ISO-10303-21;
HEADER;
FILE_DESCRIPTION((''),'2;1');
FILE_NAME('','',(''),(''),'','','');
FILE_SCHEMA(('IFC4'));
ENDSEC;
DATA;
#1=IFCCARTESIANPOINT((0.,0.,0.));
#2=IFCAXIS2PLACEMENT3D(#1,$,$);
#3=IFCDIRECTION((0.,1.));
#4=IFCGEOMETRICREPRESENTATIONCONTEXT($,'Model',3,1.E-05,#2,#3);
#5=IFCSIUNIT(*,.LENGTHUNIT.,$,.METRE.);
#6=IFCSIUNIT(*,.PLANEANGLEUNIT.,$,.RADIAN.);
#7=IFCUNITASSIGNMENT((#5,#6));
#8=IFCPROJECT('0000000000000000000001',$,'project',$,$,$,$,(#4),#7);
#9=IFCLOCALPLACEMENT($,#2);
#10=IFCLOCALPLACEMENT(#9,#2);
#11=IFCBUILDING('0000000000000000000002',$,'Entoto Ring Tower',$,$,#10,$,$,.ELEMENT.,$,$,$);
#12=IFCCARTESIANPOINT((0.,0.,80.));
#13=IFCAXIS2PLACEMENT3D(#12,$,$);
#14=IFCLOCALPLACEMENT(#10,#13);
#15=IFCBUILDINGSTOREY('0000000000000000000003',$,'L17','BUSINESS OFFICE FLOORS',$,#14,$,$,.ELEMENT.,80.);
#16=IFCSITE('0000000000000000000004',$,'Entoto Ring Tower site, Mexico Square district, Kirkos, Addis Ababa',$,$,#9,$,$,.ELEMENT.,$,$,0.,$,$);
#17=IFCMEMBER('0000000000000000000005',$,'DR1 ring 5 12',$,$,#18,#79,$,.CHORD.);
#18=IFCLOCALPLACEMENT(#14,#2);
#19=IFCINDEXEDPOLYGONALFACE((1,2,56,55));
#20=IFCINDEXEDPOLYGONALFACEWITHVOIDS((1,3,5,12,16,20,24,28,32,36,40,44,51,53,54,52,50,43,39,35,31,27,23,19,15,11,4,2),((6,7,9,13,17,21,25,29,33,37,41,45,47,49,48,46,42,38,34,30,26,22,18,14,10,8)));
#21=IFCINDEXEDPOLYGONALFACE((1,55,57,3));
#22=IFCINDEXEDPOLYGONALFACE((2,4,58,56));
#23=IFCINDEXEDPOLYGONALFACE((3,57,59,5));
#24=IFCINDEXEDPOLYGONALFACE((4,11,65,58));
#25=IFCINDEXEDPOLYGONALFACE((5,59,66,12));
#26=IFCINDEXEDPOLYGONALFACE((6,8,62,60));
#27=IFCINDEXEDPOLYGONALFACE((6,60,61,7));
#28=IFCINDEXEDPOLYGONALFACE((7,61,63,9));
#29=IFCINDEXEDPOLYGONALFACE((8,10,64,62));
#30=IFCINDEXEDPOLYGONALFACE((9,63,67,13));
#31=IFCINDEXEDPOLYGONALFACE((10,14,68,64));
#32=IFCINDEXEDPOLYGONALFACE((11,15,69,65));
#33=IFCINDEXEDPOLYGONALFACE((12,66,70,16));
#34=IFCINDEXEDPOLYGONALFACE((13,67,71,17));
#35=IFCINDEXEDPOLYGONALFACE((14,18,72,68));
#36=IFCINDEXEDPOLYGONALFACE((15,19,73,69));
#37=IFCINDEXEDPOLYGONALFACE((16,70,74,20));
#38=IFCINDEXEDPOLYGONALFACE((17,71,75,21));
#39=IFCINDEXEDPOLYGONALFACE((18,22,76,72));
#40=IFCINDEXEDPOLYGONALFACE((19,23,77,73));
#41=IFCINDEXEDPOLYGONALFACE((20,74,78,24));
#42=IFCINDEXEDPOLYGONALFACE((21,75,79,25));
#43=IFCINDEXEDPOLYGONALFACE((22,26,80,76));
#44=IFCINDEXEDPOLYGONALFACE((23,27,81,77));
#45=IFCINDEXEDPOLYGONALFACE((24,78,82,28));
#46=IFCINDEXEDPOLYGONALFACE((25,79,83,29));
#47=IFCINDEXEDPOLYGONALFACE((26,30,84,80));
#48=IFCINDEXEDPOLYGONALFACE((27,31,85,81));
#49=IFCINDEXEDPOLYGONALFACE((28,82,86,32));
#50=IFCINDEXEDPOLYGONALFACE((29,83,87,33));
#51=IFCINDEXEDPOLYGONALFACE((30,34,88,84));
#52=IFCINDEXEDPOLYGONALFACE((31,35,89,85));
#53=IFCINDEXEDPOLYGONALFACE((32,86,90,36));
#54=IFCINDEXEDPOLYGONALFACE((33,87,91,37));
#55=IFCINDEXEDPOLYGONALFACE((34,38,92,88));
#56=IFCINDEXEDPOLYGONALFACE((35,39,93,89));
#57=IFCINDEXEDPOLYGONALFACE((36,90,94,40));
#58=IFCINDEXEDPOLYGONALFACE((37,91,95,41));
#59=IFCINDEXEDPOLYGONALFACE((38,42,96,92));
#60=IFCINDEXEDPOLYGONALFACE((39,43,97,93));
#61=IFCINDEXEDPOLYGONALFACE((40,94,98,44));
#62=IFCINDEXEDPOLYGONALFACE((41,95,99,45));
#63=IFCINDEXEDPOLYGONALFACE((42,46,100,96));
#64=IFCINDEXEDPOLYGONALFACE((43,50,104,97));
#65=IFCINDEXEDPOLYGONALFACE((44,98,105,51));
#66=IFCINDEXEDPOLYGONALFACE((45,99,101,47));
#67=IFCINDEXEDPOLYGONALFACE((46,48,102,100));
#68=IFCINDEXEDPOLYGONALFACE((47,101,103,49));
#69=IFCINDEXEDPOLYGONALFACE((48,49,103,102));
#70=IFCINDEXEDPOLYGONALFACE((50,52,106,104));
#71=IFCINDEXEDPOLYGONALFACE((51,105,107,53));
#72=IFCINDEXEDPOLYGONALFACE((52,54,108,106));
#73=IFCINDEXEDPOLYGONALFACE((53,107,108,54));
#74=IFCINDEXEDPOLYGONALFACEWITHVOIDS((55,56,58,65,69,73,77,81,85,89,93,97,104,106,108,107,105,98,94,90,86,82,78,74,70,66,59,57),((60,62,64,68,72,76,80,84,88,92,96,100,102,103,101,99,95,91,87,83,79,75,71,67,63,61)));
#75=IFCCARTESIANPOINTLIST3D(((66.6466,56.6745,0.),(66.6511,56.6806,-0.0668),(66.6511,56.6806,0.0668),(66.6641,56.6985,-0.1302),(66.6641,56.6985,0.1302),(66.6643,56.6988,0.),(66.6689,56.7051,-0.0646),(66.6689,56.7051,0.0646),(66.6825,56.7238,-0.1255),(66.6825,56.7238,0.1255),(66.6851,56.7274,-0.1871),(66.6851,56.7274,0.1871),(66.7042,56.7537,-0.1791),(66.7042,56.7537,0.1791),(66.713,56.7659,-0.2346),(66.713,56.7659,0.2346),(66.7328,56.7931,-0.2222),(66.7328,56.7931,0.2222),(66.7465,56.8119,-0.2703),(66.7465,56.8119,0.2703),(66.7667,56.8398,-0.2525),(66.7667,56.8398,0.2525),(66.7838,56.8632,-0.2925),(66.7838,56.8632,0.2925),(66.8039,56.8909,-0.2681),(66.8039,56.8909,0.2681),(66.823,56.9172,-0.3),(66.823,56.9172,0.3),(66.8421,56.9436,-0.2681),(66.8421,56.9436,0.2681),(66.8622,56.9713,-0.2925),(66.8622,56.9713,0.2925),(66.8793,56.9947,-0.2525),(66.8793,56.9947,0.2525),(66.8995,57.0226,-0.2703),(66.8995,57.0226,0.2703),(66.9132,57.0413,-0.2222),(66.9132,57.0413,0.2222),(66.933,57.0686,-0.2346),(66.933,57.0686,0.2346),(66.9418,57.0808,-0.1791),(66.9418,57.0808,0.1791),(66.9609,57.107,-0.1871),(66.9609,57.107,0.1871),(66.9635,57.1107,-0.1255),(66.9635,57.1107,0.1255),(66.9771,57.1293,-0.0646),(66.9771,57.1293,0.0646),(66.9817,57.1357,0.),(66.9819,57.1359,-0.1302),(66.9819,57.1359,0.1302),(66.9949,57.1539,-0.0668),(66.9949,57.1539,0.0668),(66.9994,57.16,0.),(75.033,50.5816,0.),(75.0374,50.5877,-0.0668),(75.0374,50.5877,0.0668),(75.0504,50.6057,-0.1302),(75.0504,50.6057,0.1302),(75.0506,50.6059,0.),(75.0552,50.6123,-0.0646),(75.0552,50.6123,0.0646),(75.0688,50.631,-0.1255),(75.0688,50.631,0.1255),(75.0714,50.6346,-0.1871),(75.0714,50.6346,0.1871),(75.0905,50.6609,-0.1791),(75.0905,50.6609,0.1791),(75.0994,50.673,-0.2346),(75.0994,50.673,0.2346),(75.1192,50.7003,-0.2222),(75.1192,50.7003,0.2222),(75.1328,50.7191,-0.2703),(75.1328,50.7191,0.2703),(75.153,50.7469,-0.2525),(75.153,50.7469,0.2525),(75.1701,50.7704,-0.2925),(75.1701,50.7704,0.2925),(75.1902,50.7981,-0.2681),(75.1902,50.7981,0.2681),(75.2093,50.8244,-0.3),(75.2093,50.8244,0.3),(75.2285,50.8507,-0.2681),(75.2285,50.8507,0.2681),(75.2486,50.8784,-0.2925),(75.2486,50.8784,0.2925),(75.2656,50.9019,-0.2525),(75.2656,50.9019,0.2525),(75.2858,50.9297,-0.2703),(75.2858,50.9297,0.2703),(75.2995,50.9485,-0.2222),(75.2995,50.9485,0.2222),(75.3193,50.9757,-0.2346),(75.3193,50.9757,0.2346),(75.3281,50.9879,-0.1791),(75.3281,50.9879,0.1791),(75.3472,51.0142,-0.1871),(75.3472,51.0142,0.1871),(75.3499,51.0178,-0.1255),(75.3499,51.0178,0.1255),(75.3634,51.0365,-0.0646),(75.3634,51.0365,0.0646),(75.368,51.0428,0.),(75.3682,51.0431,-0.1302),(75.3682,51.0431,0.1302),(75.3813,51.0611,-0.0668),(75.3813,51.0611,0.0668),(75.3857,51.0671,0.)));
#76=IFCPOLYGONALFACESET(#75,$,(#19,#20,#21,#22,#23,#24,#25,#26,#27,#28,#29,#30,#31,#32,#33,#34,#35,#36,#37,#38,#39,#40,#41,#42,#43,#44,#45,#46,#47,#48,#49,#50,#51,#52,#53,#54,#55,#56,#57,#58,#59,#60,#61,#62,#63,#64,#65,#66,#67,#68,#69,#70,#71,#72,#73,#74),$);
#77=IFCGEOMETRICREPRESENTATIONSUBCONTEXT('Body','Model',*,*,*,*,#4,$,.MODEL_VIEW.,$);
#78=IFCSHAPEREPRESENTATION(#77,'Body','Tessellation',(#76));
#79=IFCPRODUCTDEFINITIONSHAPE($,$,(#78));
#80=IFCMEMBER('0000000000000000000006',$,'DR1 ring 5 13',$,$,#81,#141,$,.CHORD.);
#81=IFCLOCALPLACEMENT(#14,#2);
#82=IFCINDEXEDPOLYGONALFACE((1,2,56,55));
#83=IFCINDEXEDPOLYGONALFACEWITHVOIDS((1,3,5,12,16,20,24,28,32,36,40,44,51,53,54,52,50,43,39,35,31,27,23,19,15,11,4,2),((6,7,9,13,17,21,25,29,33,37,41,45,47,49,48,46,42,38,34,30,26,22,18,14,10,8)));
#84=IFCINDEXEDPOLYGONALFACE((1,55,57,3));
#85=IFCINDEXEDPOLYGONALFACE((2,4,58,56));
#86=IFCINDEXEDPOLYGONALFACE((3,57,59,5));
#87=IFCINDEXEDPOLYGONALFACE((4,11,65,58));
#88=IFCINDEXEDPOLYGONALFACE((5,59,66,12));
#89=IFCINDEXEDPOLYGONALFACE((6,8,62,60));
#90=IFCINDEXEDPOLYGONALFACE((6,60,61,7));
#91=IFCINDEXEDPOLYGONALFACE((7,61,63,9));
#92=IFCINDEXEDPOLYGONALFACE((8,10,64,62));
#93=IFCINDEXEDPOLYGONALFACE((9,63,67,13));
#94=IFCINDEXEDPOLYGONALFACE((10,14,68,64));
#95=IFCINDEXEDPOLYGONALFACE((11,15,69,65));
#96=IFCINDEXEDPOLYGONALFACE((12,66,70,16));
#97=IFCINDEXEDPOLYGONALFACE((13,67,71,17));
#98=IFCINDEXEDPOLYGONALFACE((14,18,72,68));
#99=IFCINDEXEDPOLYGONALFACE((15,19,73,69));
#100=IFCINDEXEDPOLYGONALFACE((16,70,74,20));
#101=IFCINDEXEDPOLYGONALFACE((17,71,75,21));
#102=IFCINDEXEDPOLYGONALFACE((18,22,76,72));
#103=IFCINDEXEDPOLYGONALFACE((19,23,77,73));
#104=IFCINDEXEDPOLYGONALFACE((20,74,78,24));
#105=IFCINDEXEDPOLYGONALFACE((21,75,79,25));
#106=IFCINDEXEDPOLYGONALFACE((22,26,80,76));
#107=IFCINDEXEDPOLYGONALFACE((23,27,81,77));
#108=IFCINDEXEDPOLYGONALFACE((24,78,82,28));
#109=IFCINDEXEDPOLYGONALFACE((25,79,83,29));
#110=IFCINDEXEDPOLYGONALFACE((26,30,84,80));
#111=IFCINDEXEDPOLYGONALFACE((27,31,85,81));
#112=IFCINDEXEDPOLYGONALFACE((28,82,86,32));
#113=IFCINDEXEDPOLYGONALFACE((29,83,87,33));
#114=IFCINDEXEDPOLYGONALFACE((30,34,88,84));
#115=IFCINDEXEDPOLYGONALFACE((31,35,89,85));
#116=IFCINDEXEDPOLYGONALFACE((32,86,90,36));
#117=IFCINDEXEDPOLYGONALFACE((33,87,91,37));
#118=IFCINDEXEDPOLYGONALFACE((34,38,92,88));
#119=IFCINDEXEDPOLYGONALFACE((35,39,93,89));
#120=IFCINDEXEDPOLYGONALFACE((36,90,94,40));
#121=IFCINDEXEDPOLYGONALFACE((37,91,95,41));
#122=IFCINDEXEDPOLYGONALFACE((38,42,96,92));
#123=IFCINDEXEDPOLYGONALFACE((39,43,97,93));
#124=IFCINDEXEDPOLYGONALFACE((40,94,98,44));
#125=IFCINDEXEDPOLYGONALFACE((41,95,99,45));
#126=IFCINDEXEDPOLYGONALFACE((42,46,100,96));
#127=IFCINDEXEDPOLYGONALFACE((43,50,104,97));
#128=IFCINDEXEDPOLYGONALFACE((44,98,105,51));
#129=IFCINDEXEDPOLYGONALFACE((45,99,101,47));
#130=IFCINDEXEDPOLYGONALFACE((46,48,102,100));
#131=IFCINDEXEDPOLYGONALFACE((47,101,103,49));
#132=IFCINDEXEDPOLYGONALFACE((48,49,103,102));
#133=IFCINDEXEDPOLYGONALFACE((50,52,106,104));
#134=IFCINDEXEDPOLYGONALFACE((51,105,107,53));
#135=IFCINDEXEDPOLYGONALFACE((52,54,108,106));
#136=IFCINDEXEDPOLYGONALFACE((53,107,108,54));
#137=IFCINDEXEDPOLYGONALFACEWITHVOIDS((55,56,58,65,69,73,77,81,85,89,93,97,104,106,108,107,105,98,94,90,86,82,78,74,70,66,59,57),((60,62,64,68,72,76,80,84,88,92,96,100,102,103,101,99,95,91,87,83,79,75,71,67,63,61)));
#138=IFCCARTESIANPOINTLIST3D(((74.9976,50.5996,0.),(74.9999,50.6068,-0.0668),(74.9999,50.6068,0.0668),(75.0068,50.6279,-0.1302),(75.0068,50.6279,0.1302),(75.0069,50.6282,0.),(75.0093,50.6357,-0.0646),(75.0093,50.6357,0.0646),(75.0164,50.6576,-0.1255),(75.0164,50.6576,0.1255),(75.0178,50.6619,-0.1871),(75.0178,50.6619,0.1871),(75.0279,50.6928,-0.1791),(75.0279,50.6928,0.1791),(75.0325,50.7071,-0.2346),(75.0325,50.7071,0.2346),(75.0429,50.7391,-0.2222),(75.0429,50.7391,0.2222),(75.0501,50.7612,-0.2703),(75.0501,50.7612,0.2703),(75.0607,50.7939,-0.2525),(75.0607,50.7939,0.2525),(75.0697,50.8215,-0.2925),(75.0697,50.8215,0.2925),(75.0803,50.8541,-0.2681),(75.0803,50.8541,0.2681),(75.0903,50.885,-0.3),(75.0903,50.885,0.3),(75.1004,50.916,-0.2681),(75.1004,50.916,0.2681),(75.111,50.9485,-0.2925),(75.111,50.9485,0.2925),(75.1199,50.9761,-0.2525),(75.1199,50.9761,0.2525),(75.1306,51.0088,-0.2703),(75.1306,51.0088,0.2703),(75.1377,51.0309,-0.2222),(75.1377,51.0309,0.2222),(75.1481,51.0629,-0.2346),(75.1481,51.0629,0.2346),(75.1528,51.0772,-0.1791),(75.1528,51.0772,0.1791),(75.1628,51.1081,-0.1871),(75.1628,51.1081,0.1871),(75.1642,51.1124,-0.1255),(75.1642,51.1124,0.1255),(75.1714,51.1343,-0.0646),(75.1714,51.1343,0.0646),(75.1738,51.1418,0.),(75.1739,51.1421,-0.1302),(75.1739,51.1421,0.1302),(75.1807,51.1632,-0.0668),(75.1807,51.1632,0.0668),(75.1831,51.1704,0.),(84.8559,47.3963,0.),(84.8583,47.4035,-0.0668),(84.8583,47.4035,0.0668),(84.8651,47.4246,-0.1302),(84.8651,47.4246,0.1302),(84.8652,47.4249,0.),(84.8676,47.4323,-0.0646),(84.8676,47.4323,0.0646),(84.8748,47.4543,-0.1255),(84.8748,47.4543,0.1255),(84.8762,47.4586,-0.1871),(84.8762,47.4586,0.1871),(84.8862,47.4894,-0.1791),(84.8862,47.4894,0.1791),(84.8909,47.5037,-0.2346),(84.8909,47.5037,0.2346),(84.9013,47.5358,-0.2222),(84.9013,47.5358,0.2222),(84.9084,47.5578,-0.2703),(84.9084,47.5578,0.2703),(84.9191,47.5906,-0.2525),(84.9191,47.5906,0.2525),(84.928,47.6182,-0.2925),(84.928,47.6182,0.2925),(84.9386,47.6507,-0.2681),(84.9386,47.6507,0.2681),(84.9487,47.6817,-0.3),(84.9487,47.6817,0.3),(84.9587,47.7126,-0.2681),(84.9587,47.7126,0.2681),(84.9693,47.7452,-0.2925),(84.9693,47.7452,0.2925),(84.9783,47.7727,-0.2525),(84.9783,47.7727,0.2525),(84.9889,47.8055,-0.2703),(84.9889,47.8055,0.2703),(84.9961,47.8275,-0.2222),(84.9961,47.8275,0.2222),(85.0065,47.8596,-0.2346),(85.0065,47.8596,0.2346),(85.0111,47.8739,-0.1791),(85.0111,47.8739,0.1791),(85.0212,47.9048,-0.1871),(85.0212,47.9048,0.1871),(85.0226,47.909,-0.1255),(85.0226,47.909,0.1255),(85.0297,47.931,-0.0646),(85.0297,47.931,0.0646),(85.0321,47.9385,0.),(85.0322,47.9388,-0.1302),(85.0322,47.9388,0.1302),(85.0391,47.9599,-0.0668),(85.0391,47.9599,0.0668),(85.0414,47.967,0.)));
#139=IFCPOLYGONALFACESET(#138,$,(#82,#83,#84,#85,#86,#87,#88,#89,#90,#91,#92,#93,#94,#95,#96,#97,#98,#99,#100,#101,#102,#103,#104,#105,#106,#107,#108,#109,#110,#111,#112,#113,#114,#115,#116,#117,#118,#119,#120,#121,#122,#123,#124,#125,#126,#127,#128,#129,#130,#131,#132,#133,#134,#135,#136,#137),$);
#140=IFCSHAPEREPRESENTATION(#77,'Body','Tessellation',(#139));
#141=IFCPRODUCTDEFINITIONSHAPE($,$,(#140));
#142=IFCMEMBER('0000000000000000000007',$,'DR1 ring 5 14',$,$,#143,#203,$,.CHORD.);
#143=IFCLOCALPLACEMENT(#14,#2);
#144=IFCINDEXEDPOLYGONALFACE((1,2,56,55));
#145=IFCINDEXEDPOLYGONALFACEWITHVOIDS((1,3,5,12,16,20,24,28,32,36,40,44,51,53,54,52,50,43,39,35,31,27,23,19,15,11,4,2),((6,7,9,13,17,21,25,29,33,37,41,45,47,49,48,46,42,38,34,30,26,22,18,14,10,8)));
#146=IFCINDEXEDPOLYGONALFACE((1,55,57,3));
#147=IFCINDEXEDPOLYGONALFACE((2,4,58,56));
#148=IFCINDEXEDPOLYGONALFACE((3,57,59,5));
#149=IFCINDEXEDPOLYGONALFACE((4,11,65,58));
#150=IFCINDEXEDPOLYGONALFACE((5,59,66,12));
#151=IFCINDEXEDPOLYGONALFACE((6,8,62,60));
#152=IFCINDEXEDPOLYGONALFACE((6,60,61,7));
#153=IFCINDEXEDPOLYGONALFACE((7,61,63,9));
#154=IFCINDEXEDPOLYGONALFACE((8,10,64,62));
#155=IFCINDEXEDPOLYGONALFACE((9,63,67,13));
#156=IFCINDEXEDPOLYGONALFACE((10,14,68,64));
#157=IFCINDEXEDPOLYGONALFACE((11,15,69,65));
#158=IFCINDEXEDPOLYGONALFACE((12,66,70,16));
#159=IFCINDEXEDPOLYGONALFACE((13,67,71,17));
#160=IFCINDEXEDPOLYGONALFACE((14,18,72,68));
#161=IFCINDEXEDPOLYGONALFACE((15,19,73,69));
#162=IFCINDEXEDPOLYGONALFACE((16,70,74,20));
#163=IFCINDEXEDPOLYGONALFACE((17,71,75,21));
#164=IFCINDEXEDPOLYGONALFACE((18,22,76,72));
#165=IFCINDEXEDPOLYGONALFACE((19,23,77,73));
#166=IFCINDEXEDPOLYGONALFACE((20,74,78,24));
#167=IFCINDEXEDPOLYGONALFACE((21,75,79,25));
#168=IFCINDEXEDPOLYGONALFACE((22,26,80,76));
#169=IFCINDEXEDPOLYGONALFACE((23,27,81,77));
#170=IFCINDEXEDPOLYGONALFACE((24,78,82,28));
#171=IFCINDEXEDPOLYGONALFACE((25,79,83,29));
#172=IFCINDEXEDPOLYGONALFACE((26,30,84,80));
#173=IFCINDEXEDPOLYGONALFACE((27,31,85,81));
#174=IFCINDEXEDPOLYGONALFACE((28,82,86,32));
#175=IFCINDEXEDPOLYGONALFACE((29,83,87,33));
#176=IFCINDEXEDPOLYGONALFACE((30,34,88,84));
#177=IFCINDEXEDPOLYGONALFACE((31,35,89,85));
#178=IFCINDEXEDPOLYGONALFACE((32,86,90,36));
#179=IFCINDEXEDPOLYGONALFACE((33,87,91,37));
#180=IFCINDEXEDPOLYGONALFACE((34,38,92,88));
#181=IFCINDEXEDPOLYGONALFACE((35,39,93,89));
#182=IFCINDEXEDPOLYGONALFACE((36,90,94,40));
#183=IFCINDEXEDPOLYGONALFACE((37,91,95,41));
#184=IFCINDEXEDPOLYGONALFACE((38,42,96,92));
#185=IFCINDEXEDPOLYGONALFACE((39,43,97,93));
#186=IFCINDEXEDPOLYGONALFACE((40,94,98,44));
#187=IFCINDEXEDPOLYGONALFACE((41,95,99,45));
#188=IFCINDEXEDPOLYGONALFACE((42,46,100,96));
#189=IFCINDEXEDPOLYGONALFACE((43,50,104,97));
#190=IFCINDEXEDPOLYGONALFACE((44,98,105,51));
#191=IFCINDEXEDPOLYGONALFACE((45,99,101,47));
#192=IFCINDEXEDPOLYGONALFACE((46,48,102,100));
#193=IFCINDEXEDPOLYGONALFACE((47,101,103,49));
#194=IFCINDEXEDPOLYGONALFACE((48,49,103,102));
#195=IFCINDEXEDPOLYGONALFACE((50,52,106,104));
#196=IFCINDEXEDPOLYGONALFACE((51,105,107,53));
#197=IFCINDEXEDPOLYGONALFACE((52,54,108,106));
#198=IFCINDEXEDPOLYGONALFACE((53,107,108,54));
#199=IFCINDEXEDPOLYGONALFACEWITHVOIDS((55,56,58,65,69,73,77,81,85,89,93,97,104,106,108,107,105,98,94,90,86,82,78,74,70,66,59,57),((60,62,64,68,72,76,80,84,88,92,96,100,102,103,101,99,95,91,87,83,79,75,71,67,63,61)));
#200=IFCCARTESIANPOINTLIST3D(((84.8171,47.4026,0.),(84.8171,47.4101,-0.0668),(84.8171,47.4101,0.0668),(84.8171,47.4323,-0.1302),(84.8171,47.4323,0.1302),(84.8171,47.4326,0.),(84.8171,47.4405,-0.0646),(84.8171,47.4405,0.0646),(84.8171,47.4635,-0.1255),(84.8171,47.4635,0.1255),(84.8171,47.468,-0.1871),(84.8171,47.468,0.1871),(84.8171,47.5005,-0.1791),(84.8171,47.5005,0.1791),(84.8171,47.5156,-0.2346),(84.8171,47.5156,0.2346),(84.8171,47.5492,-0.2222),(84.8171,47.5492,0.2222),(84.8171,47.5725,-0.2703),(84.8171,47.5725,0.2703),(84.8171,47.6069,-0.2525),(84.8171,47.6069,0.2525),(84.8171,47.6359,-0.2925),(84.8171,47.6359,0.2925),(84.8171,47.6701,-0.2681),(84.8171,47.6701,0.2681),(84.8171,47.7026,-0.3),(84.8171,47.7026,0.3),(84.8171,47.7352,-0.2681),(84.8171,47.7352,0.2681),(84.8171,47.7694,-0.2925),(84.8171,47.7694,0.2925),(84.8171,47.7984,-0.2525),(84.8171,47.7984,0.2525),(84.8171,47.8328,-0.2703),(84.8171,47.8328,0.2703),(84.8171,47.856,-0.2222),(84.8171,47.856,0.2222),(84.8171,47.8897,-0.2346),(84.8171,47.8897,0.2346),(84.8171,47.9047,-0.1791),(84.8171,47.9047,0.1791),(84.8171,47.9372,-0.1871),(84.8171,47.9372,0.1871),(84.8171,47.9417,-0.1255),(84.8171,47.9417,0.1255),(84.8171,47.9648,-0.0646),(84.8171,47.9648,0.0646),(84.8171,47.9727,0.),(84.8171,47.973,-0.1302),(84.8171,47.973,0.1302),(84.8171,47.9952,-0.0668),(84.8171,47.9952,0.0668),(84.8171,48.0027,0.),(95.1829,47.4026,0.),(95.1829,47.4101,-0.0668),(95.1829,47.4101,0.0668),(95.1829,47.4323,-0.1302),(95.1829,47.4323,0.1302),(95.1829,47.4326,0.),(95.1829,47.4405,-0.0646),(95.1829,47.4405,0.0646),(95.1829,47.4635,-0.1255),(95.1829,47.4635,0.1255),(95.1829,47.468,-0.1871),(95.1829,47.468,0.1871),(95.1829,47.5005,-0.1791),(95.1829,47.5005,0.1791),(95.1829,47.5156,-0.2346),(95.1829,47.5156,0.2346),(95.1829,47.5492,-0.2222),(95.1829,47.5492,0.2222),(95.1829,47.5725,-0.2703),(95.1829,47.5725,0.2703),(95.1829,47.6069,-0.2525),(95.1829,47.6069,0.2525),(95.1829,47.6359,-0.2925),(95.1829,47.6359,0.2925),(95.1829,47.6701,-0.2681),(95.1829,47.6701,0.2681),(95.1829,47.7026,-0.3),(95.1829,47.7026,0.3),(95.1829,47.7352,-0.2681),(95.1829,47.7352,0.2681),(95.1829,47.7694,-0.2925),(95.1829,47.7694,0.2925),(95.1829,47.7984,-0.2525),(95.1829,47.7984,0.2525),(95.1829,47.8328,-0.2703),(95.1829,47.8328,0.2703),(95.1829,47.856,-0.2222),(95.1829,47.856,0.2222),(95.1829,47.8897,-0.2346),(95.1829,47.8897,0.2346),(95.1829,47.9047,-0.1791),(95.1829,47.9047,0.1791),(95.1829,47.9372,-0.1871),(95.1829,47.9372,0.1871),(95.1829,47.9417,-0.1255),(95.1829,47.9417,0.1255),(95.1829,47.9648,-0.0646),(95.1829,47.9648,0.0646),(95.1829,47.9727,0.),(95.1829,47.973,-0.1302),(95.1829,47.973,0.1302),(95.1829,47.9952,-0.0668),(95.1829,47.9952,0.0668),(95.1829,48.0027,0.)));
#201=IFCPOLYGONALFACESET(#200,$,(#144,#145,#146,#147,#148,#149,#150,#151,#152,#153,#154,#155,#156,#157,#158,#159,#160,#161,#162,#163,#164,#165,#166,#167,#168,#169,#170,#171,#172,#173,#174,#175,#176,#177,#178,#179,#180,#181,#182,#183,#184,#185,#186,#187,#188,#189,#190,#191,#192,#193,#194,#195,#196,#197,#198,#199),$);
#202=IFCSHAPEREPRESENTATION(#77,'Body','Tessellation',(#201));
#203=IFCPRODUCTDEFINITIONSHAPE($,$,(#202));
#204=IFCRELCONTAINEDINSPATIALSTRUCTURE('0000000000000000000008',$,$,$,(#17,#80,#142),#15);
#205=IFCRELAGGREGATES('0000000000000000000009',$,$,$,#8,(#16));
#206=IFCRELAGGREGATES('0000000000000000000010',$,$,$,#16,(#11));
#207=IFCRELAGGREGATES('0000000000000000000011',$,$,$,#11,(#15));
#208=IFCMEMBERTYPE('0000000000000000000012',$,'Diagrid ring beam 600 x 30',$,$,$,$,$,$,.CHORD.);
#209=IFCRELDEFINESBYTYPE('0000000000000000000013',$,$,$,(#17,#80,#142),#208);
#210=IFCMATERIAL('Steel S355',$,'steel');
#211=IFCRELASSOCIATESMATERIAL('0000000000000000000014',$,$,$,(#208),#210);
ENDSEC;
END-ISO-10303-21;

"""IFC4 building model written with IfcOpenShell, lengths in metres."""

from ifc_helpers import new_model, si_unit, direction, frame, origin, origin_2d, place, context, subcontext, project, spatial, circle, hollow_circle, extrude, material, material_profile, profile_set, type_object, element, save


model = new_model("IFC4")

# Units and contexts
model_context = context("Model", 3, precision=1e-05, world=origin(), true_north=direction((0.0, 1.0)))
body_context = subcontext(model_context, "Body", "Model", "MODEL_VIEW")
ifc_project = project(units=[si_unit("LENGTHUNIT", "METRE"), si_unit("PLANEANGLEUNIT", "RADIAN")], contexts=[model_context])

# Site, building, storey
site_placement = place(None, origin())
site = spatial("IfcSite", under=ifc_project, at=site_placement, Name="Entoto Ring Tower site, Mexico Square district, Kirkos, Addis Ababa", CompositionType="ELEMENT", RefElevation=0.0)
building_placement = place(site_placement, origin())
building = spatial("IfcBuilding", under=site, at=building_placement, Name="Entoto Ring Tower", CompositionType="ELEMENT")
storey_placement = place(building_placement, frame((0.0, 0.0, 80.0)))
storey = spatial("IfcBuildingStorey", under=building, at=storey_placement, Name="L17", Description="BUSINESS OFFICE FLOORS", CompositionType="ELEMENT", Elevation=80.0)

# Members
ifc_material_1 = material(Name="Steel S355", Category="steel")
ifc_material_profile_1 = material_profile(ifc_material_1, hollow_circle(Radius=0.3, WallThickness=0.03, at=origin_2d()), Name="CHS 600 x 30")
ifc_material_2 = material(Name="Concrete C60/75", Category="concrete")
ifc_material_profile_2 = material_profile(ifc_material_2, circle(Radius=0.27, at=origin_2d()), Name="Concrete C60/75 infill")
ifc_profile_set_1 = profile_set([ifc_material_profile_1, ifc_material_profile_2], Name="Steel S355")
member_type_1 = type_object("IfcMemberType", Name="Diagrid ring beam 600 x 30", PredefinedType="CHORD", material=ifc_profile_set_1)
member_placement = place(storey_placement, frame((66.823, 56.9172, 0.0), z_axis=(0.809025, -0.587774, 0.0), x_axis=(0.587774, 0.809025, 0.0)))
element("IfcMember", 1, at=member_placement, inside=storey, type_object=member_type_1, Name="DR1 ring 5 12", PredefinedType="CHORD", context=body_context, shape_type="SweptSolid", body=[
    extrude(hollow_circle(Radius=0.3, WallThickness=0.03, at=origin_2d()), origin(), (0.0, 0.0, 1.0), 10.366),
])
for number, where, z_axis, x_axis, name in (
    (2, (75.0903, 50.885, 0.0), (0.951051, -0.309033, 0.0), (0.309033, 0.951051, 0.0), "DR1 ring 5 13"),
    (3, (84.8171, 47.7026, 0.0), (1.0, 0.0, 0.0), (0.0, 1.0, 0.0), "DR1 ring 5 14"),
):
    element("IfcMember", number, at=place(storey_placement, frame(where, z_axis=z_axis, x_axis=x_axis)), inside=storey, type_object=member_type_1, Name=name, PredefinedType="CHORD", context=body_context, shape_type="SweptSolid", body=[
        extrude(hollow_circle(Radius=0.3, WallThickness=0.03, at=origin_2d()), origin(), (0.0, 0.0, 1.0), 10.3657),
    ])

save(model, "model.ifc")
